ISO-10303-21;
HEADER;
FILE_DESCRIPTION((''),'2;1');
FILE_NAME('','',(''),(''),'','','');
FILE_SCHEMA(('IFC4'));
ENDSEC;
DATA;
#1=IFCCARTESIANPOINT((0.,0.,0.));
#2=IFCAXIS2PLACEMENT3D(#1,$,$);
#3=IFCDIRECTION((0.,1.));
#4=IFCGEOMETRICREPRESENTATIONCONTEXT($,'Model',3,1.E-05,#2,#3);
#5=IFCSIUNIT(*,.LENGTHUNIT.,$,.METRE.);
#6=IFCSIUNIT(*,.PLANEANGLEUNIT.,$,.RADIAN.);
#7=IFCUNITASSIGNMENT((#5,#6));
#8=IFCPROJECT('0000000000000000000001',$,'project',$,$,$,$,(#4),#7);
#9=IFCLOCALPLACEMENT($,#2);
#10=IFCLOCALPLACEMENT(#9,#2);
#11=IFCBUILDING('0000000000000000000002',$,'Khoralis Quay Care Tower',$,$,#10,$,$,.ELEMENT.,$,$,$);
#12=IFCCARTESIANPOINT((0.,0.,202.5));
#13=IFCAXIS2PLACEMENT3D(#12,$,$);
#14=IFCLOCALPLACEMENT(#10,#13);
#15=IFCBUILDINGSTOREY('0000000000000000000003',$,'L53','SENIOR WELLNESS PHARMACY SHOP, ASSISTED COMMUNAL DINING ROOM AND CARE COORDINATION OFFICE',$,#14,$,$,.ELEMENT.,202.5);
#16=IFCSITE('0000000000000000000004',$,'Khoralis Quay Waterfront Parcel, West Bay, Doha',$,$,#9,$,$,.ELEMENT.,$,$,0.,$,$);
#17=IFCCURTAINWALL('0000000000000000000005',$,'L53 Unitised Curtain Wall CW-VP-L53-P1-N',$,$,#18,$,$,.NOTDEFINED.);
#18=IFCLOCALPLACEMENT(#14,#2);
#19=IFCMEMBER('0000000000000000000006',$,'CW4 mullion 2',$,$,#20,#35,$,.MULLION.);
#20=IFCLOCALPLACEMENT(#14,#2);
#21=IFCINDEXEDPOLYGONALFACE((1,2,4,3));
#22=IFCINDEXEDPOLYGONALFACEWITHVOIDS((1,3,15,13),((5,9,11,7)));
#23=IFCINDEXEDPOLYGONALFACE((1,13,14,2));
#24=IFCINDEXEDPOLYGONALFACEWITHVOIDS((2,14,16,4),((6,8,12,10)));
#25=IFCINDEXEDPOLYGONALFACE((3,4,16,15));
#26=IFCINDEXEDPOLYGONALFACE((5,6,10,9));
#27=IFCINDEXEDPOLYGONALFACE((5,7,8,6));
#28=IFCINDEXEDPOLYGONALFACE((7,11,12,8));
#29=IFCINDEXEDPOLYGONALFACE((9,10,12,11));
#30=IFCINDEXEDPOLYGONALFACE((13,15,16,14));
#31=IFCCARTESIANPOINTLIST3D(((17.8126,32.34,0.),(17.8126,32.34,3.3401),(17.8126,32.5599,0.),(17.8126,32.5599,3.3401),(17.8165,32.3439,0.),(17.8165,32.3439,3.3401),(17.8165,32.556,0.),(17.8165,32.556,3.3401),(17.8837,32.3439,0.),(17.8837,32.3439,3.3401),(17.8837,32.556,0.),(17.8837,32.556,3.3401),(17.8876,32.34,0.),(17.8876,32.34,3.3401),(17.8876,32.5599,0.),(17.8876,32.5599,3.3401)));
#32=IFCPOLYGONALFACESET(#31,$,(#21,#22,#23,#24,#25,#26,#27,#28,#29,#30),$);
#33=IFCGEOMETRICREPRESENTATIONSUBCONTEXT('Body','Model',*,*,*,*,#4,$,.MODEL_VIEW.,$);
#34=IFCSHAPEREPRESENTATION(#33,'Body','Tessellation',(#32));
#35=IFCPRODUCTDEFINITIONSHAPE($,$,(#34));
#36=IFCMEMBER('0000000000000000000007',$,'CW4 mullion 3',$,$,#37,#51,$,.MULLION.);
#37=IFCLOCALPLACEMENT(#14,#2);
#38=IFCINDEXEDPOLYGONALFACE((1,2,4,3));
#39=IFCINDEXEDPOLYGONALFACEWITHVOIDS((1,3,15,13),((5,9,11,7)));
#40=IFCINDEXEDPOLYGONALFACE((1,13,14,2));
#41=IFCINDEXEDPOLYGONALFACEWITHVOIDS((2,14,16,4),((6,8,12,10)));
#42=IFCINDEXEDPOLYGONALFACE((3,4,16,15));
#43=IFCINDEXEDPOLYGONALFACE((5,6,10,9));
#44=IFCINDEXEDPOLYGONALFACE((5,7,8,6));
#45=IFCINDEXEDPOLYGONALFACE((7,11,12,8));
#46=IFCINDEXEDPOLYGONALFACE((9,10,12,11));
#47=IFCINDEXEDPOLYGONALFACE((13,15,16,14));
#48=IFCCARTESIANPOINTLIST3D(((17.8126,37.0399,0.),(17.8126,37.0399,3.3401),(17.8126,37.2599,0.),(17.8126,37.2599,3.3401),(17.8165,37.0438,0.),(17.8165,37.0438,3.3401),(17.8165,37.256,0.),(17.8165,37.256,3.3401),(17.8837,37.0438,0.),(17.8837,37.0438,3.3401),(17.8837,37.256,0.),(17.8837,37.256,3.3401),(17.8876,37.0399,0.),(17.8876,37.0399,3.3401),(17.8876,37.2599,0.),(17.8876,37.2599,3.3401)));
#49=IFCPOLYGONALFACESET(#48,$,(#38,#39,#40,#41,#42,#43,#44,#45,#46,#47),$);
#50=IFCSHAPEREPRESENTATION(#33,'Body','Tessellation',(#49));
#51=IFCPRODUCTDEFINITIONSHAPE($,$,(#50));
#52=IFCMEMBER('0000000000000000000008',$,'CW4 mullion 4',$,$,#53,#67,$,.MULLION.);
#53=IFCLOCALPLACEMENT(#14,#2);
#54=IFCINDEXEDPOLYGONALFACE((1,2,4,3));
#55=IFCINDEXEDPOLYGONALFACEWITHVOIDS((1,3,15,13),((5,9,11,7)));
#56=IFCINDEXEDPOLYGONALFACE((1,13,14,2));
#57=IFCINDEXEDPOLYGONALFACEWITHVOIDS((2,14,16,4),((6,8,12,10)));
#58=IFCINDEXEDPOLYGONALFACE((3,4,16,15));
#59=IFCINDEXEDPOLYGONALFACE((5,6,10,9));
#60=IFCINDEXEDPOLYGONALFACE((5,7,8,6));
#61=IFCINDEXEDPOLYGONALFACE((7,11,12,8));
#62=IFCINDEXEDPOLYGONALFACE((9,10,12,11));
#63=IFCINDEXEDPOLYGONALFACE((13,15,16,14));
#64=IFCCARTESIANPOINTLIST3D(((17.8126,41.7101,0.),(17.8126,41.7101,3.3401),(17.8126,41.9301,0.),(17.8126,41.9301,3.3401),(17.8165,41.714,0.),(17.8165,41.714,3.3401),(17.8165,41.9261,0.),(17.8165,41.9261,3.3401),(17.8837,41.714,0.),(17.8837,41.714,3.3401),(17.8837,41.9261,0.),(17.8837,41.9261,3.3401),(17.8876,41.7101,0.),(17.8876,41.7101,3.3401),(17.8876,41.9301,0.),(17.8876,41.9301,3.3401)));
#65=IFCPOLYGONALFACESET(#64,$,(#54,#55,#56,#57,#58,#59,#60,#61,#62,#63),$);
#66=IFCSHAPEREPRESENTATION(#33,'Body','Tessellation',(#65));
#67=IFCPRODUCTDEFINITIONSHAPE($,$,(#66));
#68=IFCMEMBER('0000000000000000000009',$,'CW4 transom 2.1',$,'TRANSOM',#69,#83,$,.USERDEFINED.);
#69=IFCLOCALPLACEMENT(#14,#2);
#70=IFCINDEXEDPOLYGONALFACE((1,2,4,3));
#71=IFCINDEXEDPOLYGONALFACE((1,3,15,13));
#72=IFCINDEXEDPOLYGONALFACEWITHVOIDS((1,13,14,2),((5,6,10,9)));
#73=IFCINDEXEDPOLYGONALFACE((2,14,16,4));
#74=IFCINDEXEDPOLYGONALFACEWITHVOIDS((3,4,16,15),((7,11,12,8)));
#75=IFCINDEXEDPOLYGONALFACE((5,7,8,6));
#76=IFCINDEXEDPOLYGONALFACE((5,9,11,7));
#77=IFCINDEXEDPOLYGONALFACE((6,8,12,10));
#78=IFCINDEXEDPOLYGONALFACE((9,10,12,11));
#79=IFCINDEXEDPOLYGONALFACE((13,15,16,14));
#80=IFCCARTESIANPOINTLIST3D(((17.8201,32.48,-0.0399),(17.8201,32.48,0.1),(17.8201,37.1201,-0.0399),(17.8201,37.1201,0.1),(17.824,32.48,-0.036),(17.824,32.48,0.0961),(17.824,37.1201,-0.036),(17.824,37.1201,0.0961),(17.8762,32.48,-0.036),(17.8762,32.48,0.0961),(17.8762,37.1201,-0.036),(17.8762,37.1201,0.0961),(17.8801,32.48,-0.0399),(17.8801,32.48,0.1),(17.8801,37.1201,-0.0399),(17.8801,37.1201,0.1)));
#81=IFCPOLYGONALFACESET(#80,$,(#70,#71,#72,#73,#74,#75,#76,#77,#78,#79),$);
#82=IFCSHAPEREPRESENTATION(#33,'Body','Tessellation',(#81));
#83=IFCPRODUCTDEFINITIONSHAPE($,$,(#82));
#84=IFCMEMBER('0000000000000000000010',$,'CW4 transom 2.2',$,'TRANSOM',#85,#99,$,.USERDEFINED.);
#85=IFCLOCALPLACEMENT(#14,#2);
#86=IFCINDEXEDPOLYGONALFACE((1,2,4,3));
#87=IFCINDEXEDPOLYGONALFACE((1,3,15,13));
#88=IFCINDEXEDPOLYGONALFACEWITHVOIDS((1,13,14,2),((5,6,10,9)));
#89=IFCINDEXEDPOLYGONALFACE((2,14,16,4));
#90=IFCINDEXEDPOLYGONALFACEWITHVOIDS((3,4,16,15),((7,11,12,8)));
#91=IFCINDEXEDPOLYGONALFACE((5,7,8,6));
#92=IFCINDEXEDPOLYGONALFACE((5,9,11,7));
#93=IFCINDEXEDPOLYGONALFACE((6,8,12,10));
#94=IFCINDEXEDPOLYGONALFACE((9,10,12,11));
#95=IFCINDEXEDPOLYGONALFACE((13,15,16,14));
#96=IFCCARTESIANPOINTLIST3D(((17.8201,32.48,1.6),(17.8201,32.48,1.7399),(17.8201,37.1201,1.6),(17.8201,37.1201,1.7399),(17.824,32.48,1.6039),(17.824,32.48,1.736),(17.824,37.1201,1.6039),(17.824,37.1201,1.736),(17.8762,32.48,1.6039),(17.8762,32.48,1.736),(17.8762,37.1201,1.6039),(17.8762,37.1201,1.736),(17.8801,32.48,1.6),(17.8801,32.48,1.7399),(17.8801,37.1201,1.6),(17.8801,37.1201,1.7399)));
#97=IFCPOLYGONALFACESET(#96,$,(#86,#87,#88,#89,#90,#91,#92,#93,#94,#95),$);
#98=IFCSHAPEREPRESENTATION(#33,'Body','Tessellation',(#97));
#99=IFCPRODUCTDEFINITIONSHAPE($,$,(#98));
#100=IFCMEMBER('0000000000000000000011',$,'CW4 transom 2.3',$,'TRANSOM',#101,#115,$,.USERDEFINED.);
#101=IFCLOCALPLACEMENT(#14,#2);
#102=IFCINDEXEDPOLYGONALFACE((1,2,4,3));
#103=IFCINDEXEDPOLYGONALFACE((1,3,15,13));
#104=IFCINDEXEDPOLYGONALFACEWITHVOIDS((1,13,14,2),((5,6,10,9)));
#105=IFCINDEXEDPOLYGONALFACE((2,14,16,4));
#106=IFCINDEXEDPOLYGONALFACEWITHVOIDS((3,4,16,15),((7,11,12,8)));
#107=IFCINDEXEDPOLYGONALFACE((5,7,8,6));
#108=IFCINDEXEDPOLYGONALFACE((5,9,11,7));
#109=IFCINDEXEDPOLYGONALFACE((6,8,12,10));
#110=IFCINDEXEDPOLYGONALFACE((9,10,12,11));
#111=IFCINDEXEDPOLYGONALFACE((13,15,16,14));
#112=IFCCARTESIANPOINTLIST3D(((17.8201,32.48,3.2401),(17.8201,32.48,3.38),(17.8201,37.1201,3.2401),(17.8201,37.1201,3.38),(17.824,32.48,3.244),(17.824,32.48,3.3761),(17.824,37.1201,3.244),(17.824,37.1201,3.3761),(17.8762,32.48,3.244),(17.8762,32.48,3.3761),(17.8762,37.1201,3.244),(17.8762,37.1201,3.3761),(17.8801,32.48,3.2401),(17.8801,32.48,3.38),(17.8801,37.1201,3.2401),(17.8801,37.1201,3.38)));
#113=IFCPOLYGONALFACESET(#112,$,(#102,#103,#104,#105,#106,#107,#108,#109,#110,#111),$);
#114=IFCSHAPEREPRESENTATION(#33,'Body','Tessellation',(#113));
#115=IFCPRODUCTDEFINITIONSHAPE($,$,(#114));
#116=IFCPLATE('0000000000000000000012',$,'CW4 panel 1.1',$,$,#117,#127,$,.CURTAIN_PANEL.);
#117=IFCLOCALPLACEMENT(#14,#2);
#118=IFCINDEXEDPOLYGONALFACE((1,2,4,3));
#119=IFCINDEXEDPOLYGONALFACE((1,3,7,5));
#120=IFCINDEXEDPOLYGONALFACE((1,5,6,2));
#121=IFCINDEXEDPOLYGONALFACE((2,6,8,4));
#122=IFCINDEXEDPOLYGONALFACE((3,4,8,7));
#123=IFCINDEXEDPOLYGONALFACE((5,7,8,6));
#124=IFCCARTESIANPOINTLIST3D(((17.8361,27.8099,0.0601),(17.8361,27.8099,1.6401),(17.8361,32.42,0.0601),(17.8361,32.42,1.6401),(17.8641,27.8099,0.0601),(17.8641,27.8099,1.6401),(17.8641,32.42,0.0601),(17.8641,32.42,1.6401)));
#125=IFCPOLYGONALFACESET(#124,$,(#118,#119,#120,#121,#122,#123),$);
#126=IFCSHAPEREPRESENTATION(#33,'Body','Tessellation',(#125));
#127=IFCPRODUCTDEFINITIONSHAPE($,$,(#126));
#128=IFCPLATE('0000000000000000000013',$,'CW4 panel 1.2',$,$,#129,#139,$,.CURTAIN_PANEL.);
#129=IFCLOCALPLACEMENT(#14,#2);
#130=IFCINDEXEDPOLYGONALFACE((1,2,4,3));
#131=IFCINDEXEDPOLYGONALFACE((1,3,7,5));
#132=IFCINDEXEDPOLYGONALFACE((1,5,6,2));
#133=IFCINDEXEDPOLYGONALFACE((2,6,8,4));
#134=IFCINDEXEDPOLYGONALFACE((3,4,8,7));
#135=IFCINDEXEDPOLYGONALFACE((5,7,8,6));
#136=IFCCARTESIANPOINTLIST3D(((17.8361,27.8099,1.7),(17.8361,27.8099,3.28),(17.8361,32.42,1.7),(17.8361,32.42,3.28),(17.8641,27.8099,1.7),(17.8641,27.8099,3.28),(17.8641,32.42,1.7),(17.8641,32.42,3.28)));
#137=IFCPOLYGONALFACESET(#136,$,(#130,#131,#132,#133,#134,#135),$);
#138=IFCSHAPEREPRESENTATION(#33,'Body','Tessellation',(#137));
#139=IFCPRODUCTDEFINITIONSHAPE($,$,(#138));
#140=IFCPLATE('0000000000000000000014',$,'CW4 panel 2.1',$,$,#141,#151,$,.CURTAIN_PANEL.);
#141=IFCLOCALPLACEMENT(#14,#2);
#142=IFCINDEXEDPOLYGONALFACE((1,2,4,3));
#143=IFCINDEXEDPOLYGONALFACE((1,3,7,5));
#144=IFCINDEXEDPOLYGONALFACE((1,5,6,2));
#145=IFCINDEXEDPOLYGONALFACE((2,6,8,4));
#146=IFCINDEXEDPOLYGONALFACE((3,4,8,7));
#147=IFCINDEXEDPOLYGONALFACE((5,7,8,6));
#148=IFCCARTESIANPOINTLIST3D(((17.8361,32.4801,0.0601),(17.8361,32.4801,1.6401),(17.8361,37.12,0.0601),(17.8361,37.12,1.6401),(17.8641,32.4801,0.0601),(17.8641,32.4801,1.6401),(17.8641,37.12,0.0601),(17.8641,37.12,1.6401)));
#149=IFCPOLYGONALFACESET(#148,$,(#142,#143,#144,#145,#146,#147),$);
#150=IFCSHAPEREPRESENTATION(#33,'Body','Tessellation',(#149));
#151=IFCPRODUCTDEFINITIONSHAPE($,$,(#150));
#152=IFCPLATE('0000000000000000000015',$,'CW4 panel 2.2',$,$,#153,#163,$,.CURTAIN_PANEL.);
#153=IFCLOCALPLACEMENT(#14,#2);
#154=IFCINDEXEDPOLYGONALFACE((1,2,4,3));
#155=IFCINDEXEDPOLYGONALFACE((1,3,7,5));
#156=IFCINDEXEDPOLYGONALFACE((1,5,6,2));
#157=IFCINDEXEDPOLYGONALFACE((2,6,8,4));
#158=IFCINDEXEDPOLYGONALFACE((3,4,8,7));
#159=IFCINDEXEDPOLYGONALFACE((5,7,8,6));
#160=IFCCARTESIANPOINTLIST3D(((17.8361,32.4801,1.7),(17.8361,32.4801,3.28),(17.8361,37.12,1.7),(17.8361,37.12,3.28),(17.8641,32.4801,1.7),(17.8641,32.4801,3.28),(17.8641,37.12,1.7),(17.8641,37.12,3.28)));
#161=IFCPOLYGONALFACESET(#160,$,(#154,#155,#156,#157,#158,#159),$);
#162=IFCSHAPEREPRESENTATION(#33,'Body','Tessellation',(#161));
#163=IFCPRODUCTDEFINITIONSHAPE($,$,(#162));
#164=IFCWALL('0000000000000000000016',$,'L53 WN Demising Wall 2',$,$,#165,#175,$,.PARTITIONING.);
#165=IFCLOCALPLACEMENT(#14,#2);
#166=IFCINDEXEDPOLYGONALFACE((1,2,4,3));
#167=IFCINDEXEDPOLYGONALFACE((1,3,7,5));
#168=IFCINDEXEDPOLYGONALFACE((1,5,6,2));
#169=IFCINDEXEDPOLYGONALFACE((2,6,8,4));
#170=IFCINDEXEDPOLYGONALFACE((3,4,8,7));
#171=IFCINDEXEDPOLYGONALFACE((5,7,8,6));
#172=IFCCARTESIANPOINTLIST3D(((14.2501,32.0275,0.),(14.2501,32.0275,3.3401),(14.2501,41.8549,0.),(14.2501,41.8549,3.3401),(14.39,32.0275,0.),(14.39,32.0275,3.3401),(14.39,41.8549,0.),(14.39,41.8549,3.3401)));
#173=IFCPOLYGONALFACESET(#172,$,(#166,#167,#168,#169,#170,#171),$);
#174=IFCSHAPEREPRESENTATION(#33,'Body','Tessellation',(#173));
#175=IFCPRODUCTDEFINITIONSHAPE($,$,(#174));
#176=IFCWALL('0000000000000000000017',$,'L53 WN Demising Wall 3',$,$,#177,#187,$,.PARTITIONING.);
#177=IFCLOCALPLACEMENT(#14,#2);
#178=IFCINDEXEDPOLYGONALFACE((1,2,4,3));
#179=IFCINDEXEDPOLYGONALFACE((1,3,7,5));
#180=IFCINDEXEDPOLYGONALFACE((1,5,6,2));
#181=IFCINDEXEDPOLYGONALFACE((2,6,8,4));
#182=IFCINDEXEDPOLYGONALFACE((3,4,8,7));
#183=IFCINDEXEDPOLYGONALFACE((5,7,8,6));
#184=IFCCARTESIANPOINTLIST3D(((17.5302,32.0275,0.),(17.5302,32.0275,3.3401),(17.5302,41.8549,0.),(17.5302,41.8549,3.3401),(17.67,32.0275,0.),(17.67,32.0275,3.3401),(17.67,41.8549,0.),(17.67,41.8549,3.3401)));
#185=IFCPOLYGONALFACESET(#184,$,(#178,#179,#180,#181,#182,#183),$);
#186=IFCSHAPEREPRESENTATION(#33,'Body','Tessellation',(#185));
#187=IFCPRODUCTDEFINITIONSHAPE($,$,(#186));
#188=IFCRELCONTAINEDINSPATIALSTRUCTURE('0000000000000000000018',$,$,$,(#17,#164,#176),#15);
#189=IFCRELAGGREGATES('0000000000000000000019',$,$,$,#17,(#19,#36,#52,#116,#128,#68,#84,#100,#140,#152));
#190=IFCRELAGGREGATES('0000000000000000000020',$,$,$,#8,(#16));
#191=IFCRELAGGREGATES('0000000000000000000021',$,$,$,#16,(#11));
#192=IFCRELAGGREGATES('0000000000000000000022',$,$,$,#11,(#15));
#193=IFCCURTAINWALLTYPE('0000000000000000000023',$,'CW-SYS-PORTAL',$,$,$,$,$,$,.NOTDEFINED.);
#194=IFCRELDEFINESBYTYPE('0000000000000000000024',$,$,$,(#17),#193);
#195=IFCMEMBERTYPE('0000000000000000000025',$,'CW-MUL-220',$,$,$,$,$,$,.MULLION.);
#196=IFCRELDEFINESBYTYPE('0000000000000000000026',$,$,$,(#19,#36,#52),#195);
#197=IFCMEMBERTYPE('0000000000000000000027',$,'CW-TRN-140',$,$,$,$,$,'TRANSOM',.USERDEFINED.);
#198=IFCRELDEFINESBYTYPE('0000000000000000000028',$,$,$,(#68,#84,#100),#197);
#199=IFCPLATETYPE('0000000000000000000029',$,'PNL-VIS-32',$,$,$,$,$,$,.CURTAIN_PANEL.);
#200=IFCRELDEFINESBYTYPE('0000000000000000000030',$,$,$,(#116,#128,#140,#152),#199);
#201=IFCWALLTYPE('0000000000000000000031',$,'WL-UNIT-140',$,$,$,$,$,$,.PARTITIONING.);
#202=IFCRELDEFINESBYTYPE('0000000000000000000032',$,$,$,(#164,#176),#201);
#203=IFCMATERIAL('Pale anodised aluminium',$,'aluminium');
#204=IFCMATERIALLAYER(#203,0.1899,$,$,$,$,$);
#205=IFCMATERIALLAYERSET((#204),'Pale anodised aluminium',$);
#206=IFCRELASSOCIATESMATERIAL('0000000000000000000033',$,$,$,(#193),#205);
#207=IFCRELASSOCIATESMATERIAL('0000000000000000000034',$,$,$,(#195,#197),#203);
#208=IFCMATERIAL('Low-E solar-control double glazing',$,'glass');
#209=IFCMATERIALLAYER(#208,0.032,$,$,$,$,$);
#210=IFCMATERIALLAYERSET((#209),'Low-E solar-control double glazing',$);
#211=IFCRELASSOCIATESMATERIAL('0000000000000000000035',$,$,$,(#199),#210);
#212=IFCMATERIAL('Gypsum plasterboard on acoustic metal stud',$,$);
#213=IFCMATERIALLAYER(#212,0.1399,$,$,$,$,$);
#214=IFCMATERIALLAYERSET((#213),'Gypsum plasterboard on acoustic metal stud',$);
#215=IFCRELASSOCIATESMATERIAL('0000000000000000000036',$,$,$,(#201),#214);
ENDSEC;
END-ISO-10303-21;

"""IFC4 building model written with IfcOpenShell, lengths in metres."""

from ifc_helpers import new_model, si_unit, direction, frame, frame_2d, origin, origin_2d, place, context, subcontext, project, spatial, rectangle, hollow_rectangle, extrude, source, transform, mapped, material, layer, layer_set, material_profile, profile_set, type_object, element, aggregate, save


model = new_model("IFC4")

# Units and contexts
model_context = context("Model", 3, precision=1e-05, world=origin(), true_north=direction((0.0, 1.0)))
body_context = subcontext(model_context, "Body", "Model", "MODEL_VIEW")
ifc_project = project(units=[si_unit("LENGTHUNIT", "METRE"), si_unit("PLANEANGLEUNIT", "RADIAN")], contexts=[model_context])

# Site, building, storey
site_placement = place(None, origin())
site = spatial("IfcSite", under=ifc_project, at=site_placement, Name="Khoralis Quay Waterfront Parcel, West Bay, Doha", CompositionType="ELEMENT", RefElevation=0.0)
building_placement = place(site_placement, origin())
building = spatial("IfcBuilding", under=site, at=building_placement, Name="Khoralis Quay Care Tower", CompositionType="ELEMENT")
storey_placement = place(building_placement, frame((0.0, 0.0, 202.5)))
storey = spatial("IfcBuildingStorey", under=building, at=storey_placement, Name="L53", Description="SENIOR WELLNESS PHARMACY SHOP, ASSISTED COMMUNAL DINING ROOM AND CARE COORDINATION OFFICE", CompositionType="ELEMENT", Elevation=202.5)

# Curtain wall, members, plates
ifc_material_1 = material(Name="Pale anodised aluminium", Category="aluminium")
ifc_layer_1 = layer(ifc_material_1, 0.1899)
ifc_layer_set_1 = layer_set([ifc_layer_1], Name="Pale anodised aluminium")
curtain_wall_type = type_object("IfcCurtainWallType", Name="CW-SYS-PORTAL", PredefinedType="NOTDEFINED", material=ifc_layer_set_1)
curtain_wall_placement = place(storey_placement, origin())
curtain_wall = element("IfcCurtainWall", 1, at=curtain_wall_placement, inside=storey, type_object=curtain_wall_type, Name="L53 Unitised Curtain Wall CW-VP-L53-P1-N", PredefinedType="NOTDEFINED")
ifc_material_profile_1 = material_profile(ifc_material_1, hollow_rectangle(XDim=0.075, YDim=0.22, WallThickness=0.0039, at=origin_2d()), Name="Pale anodised aluminium")
ifc_profile_set_1 = profile_set([ifc_material_profile_1], Name="Pale anodised aluminium")
member_type_1 = type_object("IfcMemberType", Name="CW-MUL-220", PredefinedType="MULLION", material=ifc_profile_set_1)
shared_shape_1 = source(origin(), body_context, "Body", "SweptSolid", [
    extrude(hollow_rectangle(XDim=0.075, YDim=0.22, WallThickness=0.0039, at=origin_2d()), origin(), (0.0, 0.0, 1.0), 3.3401),
])
member_1_placement = place(storey_placement, frame((17.8501, 32.45, 0.0), z_axis=(0.0, 0.0, 1.0), x_axis=(-1.0, 0.0, 0.0)))
member_1 = element("IfcMember", 2, at=member_1_placement, type_object=member_type_1, Name="CW4 mullion 2", PredefinedType="MULLION", context=body_context, shape_type="MappedRepresentation", body=[
    mapped(shared_shape_1, transform((0.0, 0.0, 0.0), scale=1.0)),
])
member_2_placement = place(storey_placement, frame((17.8501, 37.1499, 0.0), z_axis=(0.0, 0.0, 1.0), x_axis=(-1.0, 0.0, 0.0)))
member_2 = element("IfcMember", 3, at=member_2_placement, type_object=member_type_1, Name="CW4 mullion 3", PredefinedType="MULLION", context=body_context, shape_type="MappedRepresentation", body=[
    mapped(shared_shape_1, transform((0.0, 0.0, 0.0), scale=1.0)),
])
member_3_placement = place(storey_placement, frame((17.8501, 41.8201, 0.0), z_axis=(0.0, 0.0, 1.0), x_axis=(-1.0, 0.0, 0.0)))
member_3 = element("IfcMember", 4, at=member_3_placement, type_object=member_type_1, Name="CW4 mullion 4", PredefinedType="MULLION", context=body_context, shape_type="MappedRepresentation", body=[
    mapped(shared_shape_1, transform((0.0, 0.0, 0.0), scale=1.0)),
])
ifc_material_profile_2 = material_profile(ifc_material_1, hollow_rectangle(XDim=0.0601, YDim=0.1399, WallThickness=0.0039, at=origin_2d()), Name="Pale anodised aluminium")
ifc_profile_set_2 = profile_set([ifc_material_profile_2], Name="Pale anodised aluminium")
member_type_2 = type_object("IfcMemberType", Name="CW-TRN-140", ElementType="TRANSOM", PredefinedType="USERDEFINED", material=ifc_profile_set_2)
shared_shape_2 = source(origin(), body_context, "Body", "SweptSolid", [
    extrude(hollow_rectangle(XDim=0.0601, YDim=0.1399, WallThickness=0.0039, at=origin_2d()), origin(), (0.0, 0.0, 1.0), 4.6401),
])
member_4_placement = place(storey_placement, frame((17.8501, 32.48, 0.03), z_axis=(0.0, 1.0, 0.0), x_axis=(-1.0, 0.0, 0.0)))
member_4 = element("IfcMember", 5, at=member_4_placement, type_object=member_type_2, Name="CW4 transom 2.1", ObjectType="TRANSOM", PredefinedType="USERDEFINED", context=body_context, shape_type="MappedRepresentation", body=[
    mapped(shared_shape_2, transform((0.0, 0.0, 0.0), scale=1.0)),
])
member_5_placement = place(storey_placement, frame((17.8501, 32.48, 1.6699), z_axis=(0.0, 1.0, 0.0), x_axis=(-1.0, 0.0, 0.0)))
member_5 = element("IfcMember", 6, at=member_5_placement, type_object=member_type_2, Name="CW4 transom 2.2", ObjectType="TRANSOM", PredefinedType="USERDEFINED", context=body_context, shape_type="MappedRepresentation", body=[
    mapped(shared_shape_2, transform((0.0, 0.0, 0.0), scale=1.0)),
])
member_6_placement = place(storey_placement, frame((17.8501, 32.48, 3.3101), z_axis=(0.0, 1.0, 0.0), x_axis=(-1.0, 0.0, 0.0)))
member_6 = element("IfcMember", 7, at=member_6_placement, type_object=member_type_2, Name="CW4 transom 2.3", ObjectType="TRANSOM", PredefinedType="USERDEFINED", context=body_context, shape_type="MappedRepresentation", body=[
    mapped(shared_shape_2, transform((0.0, 0.0, 0.0), scale=1.0)),
])
ifc_material_2 = material(Name="Low-E solar-control double glazing", Category="glass")
ifc_layer_2 = layer(ifc_material_2, 0.032)
ifc_layer_set_2 = layer_set([ifc_layer_2], Name="Low-E solar-control double glazing")
plate_type = type_object("IfcPlateType", Name="PNL-VIS-32", PredefinedType="CURTAIN_PANEL", material=ifc_layer_set_2)
shared_shape_3 = source(origin(), body_context, "Body", "SweptSolid", [
    extrude(rectangle(XDim=4.6101, YDim=0.0281, at=origin_2d()), origin(), (0.0, 0.0, 1.0), 1.5801),
])
plate_1_placement = place(storey_placement, frame((17.8501, 30.115, 0.0601), z_axis=(0.0, 0.0, 1.0), x_axis=(0.0, 1.0, 0.0)))
plate_1 = element("IfcPlate", 8, at=plate_1_placement, type_object=plate_type, Name="CW4 panel 1.1", PredefinedType="CURTAIN_PANEL", context=body_context, shape_type="MappedRepresentation", body=[
    mapped(shared_shape_3, transform((0.0, 0.0, 0.0), scale=1.0)),
])
plate_2_placement = place(storey_placement, frame((17.8501, 30.115, 1.7), z_axis=(0.0, 0.0, 1.0), x_axis=(0.0, 1.0, 0.0)))
plate_2 = element("IfcPlate", 9, at=plate_2_placement, type_object=plate_type, Name="CW4 panel 1.2", PredefinedType="CURTAIN_PANEL", context=body_context, shape_type="MappedRepresentation", body=[
    mapped(shared_shape_3, transform((0.0, 0.0, 0.0), scale=1.0)),
])
shared_shape_4 = source(origin(), body_context, "Body", "SweptSolid", [
    extrude(rectangle(XDim=4.6399, YDim=0.0281, at=origin_2d()), origin(), (0.0, 0.0, 1.0), 1.5801),
])
plate_3_placement = place(storey_placement, frame((17.8501, 34.8, 0.0601), z_axis=(0.0, 0.0, 1.0), x_axis=(0.0, 1.0, 0.0)))
plate_3 = element("IfcPlate", 10, at=plate_3_placement, type_object=plate_type, Name="CW4 panel 2.1", PredefinedType="CURTAIN_PANEL", context=body_context, shape_type="MappedRepresentation", body=[
    mapped(shared_shape_4, transform((0.0, 0.0, 0.0), scale=1.0)),
])
plate_4_placement = place(storey_placement, frame((17.8501, 34.8, 1.7), z_axis=(0.0, 0.0, 1.0), x_axis=(0.0, 1.0, 0.0)))
plate_4 = element("IfcPlate", 11, at=plate_4_placement, type_object=plate_type, Name="CW4 panel 2.2", PredefinedType="CURTAIN_PANEL", context=body_context, shape_type="MappedRepresentation", body=[
    mapped(shared_shape_4, transform((0.0, 0.0, 0.0), scale=1.0)),
])
aggregate(curtain_wall, [member_1, member_2, member_3, plate_1, plate_2, member_4, member_5, member_6, plate_3, plate_4])

# Walls
ifc_material_3 = material(Name="Gypsum plasterboard on acoustic metal stud")
ifc_layer_3 = layer(ifc_material_3, 0.1399)
ifc_layer_set_3 = layer_set([ifc_layer_3], Name="Gypsum plasterboard on acoustic metal stud")
wall_type = type_object("IfcWallType", Name="WL-UNIT-140", PredefinedType="PARTITIONING", material=ifc_layer_set_3)
for number, where, z_axis, x_axis, name in (
    (12, (14.3201, 32.0276, 0.0), (0.0, 0.0, 1.0), (0.0, 1.0, 0.0), "L53 WN Demising Wall 2"),
    (13, (17.6001, 32.0276, 0.0), (0.0, 0.0, 1.0), (0.0, 1.0, 0.0), "L53 WN Demising Wall 3"),
):
    element("IfcWall", number, at=place(storey_placement, frame(where, z_axis=z_axis, x_axis=x_axis)), inside=storey, type_object=wall_type, Name=name, PredefinedType="PARTITIONING", context=body_context, shape_type="SweptSolid", body=[
        extrude(rectangle(XDim=9.8274, YDim=0.1399, at=frame_2d((4.9136, 0.0))), origin(), (0.0, 0.0, 1.0), 3.3401),
    ])

save(model, "model.ifc")
